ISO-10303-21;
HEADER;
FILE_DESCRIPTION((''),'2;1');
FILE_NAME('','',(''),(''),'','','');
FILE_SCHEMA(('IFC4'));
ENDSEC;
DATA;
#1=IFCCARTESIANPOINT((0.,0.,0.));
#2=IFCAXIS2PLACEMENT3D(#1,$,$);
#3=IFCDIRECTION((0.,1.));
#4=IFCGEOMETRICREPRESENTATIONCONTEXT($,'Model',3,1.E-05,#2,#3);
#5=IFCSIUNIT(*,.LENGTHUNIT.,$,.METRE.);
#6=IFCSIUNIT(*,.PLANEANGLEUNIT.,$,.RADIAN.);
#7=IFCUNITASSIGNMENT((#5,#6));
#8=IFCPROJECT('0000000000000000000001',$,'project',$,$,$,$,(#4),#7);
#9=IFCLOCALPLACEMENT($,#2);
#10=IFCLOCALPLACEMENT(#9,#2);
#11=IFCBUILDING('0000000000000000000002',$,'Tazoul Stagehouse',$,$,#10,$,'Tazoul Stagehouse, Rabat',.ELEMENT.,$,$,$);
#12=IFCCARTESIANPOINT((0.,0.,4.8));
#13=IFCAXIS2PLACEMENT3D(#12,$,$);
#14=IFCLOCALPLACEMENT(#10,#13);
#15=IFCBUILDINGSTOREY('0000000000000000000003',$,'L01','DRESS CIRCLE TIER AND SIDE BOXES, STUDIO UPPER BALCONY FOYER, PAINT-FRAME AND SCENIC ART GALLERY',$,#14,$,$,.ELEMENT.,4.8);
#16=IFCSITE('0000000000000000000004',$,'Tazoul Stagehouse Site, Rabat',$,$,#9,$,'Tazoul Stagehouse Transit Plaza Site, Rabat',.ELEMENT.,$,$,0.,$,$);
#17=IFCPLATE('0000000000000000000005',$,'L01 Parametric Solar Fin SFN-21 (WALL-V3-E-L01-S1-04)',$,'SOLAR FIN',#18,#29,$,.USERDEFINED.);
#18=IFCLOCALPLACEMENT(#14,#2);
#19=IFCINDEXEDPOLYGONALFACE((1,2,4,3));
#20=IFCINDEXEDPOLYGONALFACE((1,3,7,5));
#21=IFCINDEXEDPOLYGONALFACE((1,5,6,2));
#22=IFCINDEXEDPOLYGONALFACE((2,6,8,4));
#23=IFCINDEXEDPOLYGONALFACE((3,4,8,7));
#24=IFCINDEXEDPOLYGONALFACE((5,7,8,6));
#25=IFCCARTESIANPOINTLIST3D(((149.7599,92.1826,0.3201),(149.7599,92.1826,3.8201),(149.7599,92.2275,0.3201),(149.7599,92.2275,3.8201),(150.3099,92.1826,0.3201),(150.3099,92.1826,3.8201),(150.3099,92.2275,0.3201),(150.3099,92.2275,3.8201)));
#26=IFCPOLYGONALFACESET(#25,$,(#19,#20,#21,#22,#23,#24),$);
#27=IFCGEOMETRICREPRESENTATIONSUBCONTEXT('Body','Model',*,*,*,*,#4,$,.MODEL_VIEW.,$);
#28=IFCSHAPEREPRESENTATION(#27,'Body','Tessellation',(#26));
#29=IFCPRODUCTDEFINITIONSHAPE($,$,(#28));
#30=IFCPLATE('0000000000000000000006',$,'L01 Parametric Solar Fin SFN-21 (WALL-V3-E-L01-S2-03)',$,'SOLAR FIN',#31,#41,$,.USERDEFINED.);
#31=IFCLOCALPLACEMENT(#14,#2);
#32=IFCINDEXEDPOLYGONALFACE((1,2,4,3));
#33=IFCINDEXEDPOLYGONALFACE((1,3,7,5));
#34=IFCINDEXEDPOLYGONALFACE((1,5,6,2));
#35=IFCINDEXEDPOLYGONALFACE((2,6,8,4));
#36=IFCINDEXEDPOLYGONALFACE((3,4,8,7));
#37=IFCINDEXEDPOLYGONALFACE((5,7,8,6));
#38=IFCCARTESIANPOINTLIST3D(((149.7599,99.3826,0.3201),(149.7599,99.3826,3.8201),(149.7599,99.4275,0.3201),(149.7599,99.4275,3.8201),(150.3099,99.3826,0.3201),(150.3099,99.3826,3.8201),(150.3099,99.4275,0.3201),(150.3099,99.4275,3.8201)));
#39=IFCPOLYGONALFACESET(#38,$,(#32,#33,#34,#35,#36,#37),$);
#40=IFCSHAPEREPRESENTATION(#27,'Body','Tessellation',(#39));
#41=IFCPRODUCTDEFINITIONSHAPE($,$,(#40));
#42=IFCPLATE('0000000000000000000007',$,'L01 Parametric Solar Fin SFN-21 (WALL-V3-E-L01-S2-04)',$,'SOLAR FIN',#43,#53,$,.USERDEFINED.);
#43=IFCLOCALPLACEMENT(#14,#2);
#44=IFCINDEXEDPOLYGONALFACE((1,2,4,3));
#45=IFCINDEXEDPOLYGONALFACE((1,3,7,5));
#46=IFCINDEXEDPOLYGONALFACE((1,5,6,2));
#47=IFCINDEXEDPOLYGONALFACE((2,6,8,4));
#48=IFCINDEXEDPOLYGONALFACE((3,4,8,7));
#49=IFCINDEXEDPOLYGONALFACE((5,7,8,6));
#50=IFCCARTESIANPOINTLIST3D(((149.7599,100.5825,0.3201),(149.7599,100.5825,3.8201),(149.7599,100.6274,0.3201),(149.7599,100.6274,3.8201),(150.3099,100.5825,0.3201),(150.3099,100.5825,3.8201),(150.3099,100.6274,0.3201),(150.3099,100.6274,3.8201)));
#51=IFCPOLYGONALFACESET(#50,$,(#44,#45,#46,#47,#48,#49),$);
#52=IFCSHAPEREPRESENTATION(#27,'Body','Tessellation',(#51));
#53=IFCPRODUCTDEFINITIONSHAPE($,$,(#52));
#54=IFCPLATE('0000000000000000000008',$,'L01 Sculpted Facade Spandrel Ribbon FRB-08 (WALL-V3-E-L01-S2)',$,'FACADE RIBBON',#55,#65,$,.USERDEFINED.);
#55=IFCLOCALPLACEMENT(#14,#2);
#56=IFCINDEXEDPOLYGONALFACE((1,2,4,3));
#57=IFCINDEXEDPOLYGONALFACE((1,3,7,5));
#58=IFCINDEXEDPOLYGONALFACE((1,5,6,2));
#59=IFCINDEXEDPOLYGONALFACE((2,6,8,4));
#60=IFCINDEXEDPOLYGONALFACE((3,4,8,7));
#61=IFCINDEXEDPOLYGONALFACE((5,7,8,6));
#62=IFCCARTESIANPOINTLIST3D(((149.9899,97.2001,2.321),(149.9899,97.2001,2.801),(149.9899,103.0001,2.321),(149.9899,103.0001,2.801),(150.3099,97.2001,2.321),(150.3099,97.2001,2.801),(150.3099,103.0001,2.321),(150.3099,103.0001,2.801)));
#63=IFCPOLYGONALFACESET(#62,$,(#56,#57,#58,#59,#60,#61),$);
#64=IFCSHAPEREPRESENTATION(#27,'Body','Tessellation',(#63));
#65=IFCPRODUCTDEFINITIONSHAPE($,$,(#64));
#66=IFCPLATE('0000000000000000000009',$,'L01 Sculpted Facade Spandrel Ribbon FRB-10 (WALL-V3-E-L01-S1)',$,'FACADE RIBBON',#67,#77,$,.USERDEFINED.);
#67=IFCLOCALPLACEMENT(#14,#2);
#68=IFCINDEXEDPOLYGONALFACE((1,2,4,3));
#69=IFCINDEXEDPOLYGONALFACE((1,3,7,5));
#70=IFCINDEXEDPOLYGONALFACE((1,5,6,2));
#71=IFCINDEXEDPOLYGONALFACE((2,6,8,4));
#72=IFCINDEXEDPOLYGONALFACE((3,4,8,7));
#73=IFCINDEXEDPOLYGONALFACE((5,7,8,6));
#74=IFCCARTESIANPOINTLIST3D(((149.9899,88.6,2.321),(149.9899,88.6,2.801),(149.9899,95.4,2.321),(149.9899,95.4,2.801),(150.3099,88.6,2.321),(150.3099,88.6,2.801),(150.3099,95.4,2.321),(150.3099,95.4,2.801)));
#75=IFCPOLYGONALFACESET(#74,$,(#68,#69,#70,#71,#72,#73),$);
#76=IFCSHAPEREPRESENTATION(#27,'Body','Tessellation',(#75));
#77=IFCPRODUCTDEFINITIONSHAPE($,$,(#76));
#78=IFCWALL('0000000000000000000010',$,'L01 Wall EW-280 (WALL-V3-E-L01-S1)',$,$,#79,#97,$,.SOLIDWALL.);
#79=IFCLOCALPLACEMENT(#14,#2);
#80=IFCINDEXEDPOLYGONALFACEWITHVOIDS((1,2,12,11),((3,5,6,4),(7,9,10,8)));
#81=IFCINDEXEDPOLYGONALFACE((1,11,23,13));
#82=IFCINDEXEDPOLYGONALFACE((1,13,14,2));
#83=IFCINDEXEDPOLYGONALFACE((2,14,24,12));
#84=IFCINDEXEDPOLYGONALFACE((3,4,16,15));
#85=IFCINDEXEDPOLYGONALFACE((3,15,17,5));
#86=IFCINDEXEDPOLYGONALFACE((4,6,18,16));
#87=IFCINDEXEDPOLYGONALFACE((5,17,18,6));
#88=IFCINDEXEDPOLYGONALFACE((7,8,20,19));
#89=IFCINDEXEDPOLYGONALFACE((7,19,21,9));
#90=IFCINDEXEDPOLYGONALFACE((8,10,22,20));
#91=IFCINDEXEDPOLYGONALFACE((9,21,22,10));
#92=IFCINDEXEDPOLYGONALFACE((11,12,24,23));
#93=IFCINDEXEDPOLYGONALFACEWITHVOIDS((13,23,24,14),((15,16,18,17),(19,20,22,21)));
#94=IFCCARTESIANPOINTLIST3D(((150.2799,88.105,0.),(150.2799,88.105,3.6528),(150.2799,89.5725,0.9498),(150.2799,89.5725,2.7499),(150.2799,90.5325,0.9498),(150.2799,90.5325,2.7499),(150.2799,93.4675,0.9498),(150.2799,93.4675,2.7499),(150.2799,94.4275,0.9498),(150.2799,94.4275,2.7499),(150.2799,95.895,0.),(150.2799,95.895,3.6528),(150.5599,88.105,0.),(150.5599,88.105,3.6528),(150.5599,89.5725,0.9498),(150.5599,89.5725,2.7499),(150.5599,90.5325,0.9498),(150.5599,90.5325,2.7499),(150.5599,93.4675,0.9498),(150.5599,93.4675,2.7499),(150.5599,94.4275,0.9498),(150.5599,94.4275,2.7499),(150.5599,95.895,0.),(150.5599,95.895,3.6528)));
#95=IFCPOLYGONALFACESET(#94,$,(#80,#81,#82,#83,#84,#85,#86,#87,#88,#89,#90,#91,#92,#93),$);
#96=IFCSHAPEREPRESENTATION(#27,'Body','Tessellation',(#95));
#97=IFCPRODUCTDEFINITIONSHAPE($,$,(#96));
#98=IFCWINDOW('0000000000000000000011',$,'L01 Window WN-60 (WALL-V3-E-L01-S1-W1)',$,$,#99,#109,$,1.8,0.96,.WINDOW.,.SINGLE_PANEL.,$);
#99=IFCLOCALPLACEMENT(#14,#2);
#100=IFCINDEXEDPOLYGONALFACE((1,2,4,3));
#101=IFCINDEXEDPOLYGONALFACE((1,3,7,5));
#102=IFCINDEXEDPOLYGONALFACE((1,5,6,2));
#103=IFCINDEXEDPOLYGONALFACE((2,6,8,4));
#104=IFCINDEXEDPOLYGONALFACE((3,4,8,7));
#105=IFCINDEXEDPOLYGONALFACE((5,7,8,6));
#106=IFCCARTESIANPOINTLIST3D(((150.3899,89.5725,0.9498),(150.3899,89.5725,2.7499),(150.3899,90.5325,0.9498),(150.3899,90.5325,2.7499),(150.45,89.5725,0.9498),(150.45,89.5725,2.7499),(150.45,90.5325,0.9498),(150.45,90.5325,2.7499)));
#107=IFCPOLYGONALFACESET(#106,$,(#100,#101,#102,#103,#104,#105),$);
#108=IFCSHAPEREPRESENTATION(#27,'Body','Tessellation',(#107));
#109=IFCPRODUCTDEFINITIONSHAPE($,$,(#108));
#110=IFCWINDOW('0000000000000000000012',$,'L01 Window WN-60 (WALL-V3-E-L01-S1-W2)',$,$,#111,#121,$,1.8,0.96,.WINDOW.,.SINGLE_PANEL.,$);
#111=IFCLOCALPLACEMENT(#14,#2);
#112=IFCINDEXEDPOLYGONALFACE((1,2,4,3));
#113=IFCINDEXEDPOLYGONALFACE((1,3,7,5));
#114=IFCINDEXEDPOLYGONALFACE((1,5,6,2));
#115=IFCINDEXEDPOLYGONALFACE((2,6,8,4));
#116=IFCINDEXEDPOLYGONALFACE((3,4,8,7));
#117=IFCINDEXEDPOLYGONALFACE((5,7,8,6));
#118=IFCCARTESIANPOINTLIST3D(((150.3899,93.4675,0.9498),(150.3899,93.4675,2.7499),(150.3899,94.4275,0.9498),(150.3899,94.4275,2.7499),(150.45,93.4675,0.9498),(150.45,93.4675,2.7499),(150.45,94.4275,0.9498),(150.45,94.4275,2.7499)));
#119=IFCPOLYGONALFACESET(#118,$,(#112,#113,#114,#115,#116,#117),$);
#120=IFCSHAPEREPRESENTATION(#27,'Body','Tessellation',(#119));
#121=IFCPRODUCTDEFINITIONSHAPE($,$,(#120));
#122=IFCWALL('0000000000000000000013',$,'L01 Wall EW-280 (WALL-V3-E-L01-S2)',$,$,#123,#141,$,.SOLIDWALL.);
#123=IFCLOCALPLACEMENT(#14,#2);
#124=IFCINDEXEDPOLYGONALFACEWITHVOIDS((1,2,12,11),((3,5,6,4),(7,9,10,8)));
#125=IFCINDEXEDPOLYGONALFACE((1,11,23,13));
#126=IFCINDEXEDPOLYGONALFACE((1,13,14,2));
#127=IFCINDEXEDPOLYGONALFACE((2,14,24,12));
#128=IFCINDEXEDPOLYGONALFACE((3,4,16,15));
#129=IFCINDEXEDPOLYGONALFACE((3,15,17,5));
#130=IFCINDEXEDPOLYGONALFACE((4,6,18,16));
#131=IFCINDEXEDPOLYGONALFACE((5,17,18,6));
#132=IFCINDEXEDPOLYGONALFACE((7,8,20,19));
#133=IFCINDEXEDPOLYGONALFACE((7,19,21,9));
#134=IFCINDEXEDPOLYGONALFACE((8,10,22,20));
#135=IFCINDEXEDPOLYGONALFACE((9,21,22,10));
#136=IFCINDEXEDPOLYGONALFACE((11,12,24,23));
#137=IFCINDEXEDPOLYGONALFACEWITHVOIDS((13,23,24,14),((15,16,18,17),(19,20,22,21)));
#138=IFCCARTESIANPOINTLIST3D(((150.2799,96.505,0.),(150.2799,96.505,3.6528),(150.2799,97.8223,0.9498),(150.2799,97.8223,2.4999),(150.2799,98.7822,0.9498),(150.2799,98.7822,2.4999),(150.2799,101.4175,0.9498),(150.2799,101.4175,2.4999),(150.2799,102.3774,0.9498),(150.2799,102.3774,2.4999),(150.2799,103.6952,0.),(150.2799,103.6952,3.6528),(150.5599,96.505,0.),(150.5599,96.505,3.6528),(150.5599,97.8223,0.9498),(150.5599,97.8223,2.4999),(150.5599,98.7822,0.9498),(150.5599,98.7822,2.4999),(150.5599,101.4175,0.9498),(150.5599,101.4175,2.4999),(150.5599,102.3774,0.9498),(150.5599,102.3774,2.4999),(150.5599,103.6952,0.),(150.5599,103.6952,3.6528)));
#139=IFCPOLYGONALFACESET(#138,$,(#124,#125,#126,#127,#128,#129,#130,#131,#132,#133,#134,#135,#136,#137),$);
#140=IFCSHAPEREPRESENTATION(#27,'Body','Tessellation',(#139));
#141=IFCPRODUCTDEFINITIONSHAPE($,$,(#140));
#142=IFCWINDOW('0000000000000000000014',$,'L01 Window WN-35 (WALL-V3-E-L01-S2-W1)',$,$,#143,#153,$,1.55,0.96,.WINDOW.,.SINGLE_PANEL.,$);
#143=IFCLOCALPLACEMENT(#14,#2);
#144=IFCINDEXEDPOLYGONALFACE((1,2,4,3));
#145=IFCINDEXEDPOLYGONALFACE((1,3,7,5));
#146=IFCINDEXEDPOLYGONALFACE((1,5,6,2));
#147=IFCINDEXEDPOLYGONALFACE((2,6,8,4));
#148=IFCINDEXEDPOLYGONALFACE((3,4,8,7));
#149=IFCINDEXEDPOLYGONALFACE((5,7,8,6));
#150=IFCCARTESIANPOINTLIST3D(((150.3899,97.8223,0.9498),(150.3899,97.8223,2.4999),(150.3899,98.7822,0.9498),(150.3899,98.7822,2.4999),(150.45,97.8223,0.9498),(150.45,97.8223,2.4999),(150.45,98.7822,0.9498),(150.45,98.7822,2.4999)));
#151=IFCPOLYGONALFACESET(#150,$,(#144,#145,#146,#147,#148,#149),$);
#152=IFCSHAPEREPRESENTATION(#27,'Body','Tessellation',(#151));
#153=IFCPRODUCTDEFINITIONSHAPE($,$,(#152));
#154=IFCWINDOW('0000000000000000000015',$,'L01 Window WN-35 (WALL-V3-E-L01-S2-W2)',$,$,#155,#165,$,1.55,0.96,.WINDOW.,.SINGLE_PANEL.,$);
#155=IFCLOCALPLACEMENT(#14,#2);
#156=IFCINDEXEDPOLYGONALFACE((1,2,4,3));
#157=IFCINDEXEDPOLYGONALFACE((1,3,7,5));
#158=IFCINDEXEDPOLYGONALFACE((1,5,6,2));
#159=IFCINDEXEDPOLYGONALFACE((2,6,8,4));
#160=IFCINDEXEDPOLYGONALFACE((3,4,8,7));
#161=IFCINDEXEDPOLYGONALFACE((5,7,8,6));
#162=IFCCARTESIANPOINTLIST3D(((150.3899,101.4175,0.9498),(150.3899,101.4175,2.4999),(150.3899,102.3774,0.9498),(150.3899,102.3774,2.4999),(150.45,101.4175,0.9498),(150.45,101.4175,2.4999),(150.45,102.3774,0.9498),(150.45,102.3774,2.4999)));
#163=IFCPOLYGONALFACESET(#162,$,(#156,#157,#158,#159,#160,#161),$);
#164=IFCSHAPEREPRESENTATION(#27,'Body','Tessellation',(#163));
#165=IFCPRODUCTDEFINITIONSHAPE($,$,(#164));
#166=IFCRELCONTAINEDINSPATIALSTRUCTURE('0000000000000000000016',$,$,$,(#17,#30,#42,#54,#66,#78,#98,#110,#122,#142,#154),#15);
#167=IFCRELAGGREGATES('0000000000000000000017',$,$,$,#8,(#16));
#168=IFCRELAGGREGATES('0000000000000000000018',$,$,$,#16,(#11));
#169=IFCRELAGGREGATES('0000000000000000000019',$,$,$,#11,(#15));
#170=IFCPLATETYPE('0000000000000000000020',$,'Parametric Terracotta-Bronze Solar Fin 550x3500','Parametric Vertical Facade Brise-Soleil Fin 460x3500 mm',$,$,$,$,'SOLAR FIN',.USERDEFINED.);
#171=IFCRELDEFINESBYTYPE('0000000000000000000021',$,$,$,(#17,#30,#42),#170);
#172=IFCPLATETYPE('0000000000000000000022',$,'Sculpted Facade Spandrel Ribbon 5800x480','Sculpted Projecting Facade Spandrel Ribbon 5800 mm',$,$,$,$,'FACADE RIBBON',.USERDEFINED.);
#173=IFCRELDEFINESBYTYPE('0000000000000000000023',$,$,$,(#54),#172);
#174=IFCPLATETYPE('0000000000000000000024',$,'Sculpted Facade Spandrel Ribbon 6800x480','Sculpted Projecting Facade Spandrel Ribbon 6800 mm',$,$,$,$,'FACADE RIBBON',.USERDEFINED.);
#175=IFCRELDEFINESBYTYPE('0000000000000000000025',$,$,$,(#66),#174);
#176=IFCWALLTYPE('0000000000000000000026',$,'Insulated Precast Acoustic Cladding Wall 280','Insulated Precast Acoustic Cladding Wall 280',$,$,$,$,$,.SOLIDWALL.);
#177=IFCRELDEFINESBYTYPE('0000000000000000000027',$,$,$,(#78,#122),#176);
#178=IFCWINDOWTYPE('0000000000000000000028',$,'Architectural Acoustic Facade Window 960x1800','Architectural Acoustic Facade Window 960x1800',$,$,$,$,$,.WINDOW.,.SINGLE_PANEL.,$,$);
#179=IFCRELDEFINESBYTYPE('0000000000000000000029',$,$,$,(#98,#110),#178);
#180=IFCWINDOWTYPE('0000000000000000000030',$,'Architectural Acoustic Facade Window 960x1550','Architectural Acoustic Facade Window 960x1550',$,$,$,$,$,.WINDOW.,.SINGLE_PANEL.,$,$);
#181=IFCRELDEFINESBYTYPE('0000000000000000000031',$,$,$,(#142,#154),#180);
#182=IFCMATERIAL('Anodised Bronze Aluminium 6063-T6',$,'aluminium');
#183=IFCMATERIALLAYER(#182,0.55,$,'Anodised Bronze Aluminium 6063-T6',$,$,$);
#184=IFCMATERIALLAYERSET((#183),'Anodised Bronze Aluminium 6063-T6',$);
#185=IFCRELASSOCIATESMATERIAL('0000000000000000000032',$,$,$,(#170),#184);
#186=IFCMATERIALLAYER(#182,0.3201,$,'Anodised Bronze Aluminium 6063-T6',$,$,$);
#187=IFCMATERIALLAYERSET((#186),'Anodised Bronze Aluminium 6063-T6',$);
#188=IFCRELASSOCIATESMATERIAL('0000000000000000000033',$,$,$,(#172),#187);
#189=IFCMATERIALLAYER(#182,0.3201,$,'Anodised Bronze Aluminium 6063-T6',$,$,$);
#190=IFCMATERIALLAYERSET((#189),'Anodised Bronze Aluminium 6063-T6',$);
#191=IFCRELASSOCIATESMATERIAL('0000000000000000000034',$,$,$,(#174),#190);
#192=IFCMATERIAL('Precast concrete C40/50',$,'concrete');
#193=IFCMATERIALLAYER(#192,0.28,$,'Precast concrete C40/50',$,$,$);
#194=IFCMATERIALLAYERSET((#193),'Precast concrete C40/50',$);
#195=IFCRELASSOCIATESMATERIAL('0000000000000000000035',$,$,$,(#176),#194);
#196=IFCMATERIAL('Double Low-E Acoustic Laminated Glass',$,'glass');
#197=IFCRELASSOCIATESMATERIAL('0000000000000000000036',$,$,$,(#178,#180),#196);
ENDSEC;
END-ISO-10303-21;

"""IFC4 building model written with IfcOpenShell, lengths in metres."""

from ifc_helpers import new_model, si_unit, direction, frame, frame_2d, origin, origin_2d, place, context, subcontext, project, spatial, rectangle, extrude, material, layer, layer_set, type_object, element, fill, save


model = new_model("IFC4")

# Units and contexts
model_context = context("Model", 3, precision=1e-05, world=origin(), true_north=direction((0.0, 1.0)))
body_context = subcontext(model_context, "Body", "Model", "MODEL_VIEW")
ifc_project = project(units=[si_unit("LENGTHUNIT", "METRE"), si_unit("PLANEANGLEUNIT", "RADIAN")], contexts=[model_context])

# Site, building, storey
site_placement = place(None, origin())
site = spatial("IfcSite", under=ifc_project, at=site_placement, Name="Tazoul Stagehouse Site, Rabat", LongName="Tazoul Stagehouse Transit Plaza Site, Rabat", CompositionType="ELEMENT", RefElevation=0.0)
building_placement = place(site_placement, origin())
building = spatial("IfcBuilding", under=site, at=building_placement, Name="Tazoul Stagehouse", LongName="Tazoul Stagehouse, Rabat", CompositionType="ELEMENT")
storey_placement = place(building_placement, frame((0.0, 0.0, 4.8)))
storey = spatial("IfcBuildingStorey", under=building, at=storey_placement, Name="L01", Description="DRESS CIRCLE TIER AND SIDE BOXES, STUDIO UPPER BALCONY FOYER, PAINT-FRAME AND SCENIC ART GALLERY", CompositionType="ELEMENT", Elevation=4.8)

# Plates
ifc_material_1 = material(Name="Anodised Bronze Aluminium 6063-T6", Category="aluminium")
ifc_layer_1 = layer(ifc_material_1, 0.55, Name="Anodised Bronze Aluminium 6063-T6")
ifc_layer_set_1 = layer_set([ifc_layer_1], Name="Anodised Bronze Aluminium 6063-T6")
plate_type_1 = type_object("IfcPlateType", Name="Parametric Terracotta-Bronze Solar Fin 550x3500", Description="Parametric Vertical Facade Brise-Soleil Fin 460x3500 mm", ElementType="SOLAR FIN", PredefinedType="USERDEFINED", material=ifc_layer_set_1)
for number, where, z_axis, x_axis, name in (
    (1, (150.0349, 92.2051, 0.3201), (0.0, 0.0, 1.0), (0.0, 1.0, 0.0), "L01 Parametric Solar Fin SFN-21 (WALL-V3-E-L01-S1-04)"),
    (2, (150.0349, 99.405, 0.3201), (0.0, 0.0, 1.0), (0.0, 1.0, 0.0), "L01 Parametric Solar Fin SFN-21 (WALL-V3-E-L01-S2-03)"),
    (3, (150.0349, 100.605, 0.3201), (0.0, 0.0, 1.0), (0.0, 1.0, 0.0), "L01 Parametric Solar Fin SFN-21 (WALL-V3-E-L01-S2-04)"),
):
    element("IfcPlate", number, at=place(storey_placement, frame(where, z_axis=z_axis, x_axis=x_axis)), inside=storey, type_object=plate_type_1, Name=name, ObjectType="SOLAR FIN", PredefinedType="USERDEFINED", context=body_context, shape_type="SweptSolid", body=[
        extrude(rectangle(XDim=0.0449, YDim=0.55, at=origin_2d()), origin(), (0.0, 0.0, 1.0), 3.5),
    ])
ifc_layer_2 = layer(ifc_material_1, 0.3201, Name="Anodised Bronze Aluminium 6063-T6")
ifc_layer_set_2 = layer_set([ifc_layer_2], Name="Anodised Bronze Aluminium 6063-T6")
plate_type_2 = type_object("IfcPlateType", Name="Sculpted Facade Spandrel Ribbon 5800x480", Description="Sculpted Projecting Facade Spandrel Ribbon 5800 mm", ElementType="FACADE RIBBON", PredefinedType="USERDEFINED", material=ifc_layer_set_2)
plate_1_placement = place(storey_placement, frame((150.1499, 100.1001, 2.321), z_axis=(0.0, 0.0, 1.0), x_axis=(0.0, 1.0, 0.0)))
element("IfcPlate", 4, at=plate_1_placement, inside=storey, type_object=plate_type_2, Name="L01 Sculpted Facade Spandrel Ribbon FRB-08 (WALL-V3-E-L01-S2)", ObjectType="FACADE RIBBON", PredefinedType="USERDEFINED", context=body_context, shape_type="SweptSolid", body=[
    extrude(rectangle(XDim=5.8, YDim=0.3201, at=origin_2d()), origin(), (0.0, 0.0, 1.0), 0.48),
])
ifc_layer_3 = layer(ifc_material_1, 0.3201, Name="Anodised Bronze Aluminium 6063-T6")
ifc_layer_set_3 = layer_set([ifc_layer_3], Name="Anodised Bronze Aluminium 6063-T6")
plate_type_3 = type_object("IfcPlateType", Name="Sculpted Facade Spandrel Ribbon 6800x480", Description="Sculpted Projecting Facade Spandrel Ribbon 6800 mm", ElementType="FACADE RIBBON", PredefinedType="USERDEFINED", material=ifc_layer_set_3)
plate_2_placement = place(storey_placement, frame((150.1499, 92.0, 2.321), z_axis=(0.0, 0.0, 1.0), x_axis=(0.0, 1.0, 0.0)))
element("IfcPlate", 5, at=plate_2_placement, inside=storey, type_object=plate_type_3, Name="L01 Sculpted Facade Spandrel Ribbon FRB-10 (WALL-V3-E-L01-S1)", ObjectType="FACADE RIBBON", PredefinedType="USERDEFINED", context=body_context, shape_type="SweptSolid", body=[
    extrude(rectangle(XDim=6.8, YDim=0.3201, at=origin_2d()), origin(), (0.0, 0.0, 1.0), 0.48),
])

# Walls, openings, windows
ifc_material_2 = material(Name="Precast concrete C40/50", Category="concrete")
ifc_layer_4 = layer(ifc_material_2, 0.28, Name="Precast concrete C40/50")
ifc_layer_set_4 = layer_set([ifc_layer_4], Name="Precast concrete C40/50")
wall_type = type_object("IfcWallType", Name="Insulated Precast Acoustic Cladding Wall 280", Description="Insulated Precast Acoustic Cladding Wall 280", PredefinedType="SOLIDWALL", material=ifc_layer_set_4)
wall_1_placement = place(storey_placement, frame((150.4199, 88.105, 0.0), z_axis=(0.0, 0.0, 1.0), x_axis=(0.0, 1.0, 0.0)))
wall_1 = element("IfcWall", 6, at=wall_1_placement, inside=storey, type_object=wall_type, Name="L01 Wall EW-280 (WALL-V3-E-L01-S1)", PredefinedType="SOLIDWALL", context=body_context, shape_type="SweptSolid", body=[
    extrude(rectangle(XDim=7.79, YDim=0.28, at=frame_2d((3.895, 0.0))), origin(), (0.0, 0.0, 1.0), 3.6528),
])
opening_1_placement = place(wall_1_placement, frame((1.4675, 0.0, 0.95)))
opening_1 = element("IfcOpeningElement", 7, at=opening_1_placement, cuts=wall_1, PredefinedType="OPENING", context=body_context, shape_type="SweptSolid", body=[
    extrude(rectangle(XDim=0.96, YDim=1.8, at=frame_2d((0.48, 0.8999))), frame((0.0, 0.1599, 0.0), z_axis=(0.0, -1.0, 0.0), x_axis=(1.0, 0.0, 0.0)), (0.0, 0.0, 1.0), 0.3201),
])
opening_2_placement = place(wall_1_placement, frame((5.3625, 0.0, 0.95)))
opening_2 = element("IfcOpeningElement", 8, at=opening_2_placement, cuts=wall_1, PredefinedType="OPENING", context=body_context, shape_type="SweptSolid", body=[
    extrude(rectangle(XDim=0.96, YDim=1.8, at=frame_2d((0.48, 0.8999))), frame((0.0, 0.1599, 0.0), z_axis=(0.0, -1.0, 0.0), x_axis=(1.0, 0.0, 0.0)), (0.0, 0.0, 1.0), 0.3201),
])
ifc_material_3 = material(Name="Double Low-E Acoustic Laminated Glass", Category="glass")
window_type_1 = type_object("IfcWindowType", Name="Architectural Acoustic Facade Window 960x1800", Description="Architectural Acoustic Facade Window 960x1800", PartitioningType="SINGLE_PANEL", PredefinedType="WINDOW", material=ifc_material_3)
window_1_placement = place(opening_1_placement, origin())
window_1 = element("IfcWindow", 9, at=window_1_placement, inside=storey, type_object=window_type_1, Name="L01 Window WN-60 (WALL-V3-E-L01-S1-W1)", OverallHeight=1.8, OverallWidth=0.96, PartitioningType="SINGLE_PANEL", PredefinedType="WINDOW", context=body_context, shape_type="SweptSolid", body=[
    extrude(rectangle(XDim=0.96, YDim=1.8, at=frame_2d((0.48, 0.8999))), frame((0.0, 0.03, 0.0), z_axis=(0.0, -1.0, 0.0), x_axis=(1.0, 0.0, 0.0)), (0.0, 0.0, 1.0), 0.0601),
])
fill(opening_1, window_1)
window_2_placement = place(opening_2_placement, origin())
window_2 = element("IfcWindow", 10, at=window_2_placement, inside=storey, type_object=window_type_1, Name="L01 Window WN-60 (WALL-V3-E-L01-S1-W2)", OverallHeight=1.8, OverallWidth=0.96, PartitioningType="SINGLE_PANEL", PredefinedType="WINDOW", context=body_context, shape_type="SweptSolid", body=[
    extrude(rectangle(XDim=0.96, YDim=1.8, at=frame_2d((0.48, 0.8999))), frame((0.0, 0.03, 0.0), z_axis=(0.0, -1.0, 0.0), x_axis=(1.0, 0.0, 0.0)), (0.0, 0.0, 1.0), 0.0601),
])
fill(opening_2, window_2)
wall_2_placement = place(storey_placement, frame((150.4199, 96.5049, 0.0), z_axis=(0.0, 0.0, 1.0), x_axis=(0.0, 1.0, 0.0)))
wall_2 = element("IfcWall", 11, at=wall_2_placement, inside=storey, type_object=wall_type, Name="L01 Wall EW-280 (WALL-V3-E-L01-S2)", PredefinedType="SOLIDWALL", context=body_context, shape_type="SweptSolid", body=[
    extrude(rectangle(XDim=7.1902, YDim=0.28, at=frame_2d((3.5952, 0.0))), origin(), (0.0, 0.0, 1.0), 3.6528),
])
opening_3_placement = place(wall_2_placement, frame((1.3174, 0.0, 0.95)))
opening_3 = element("IfcOpeningElement", 12, at=opening_3_placement, cuts=wall_2, PredefinedType="OPENING", context=body_context, shape_type="SweptSolid", body=[
    extrude(rectangle(XDim=0.96, YDim=1.55, at=frame_2d((0.48, 0.7749))), frame((0.0, 0.1599, 0.0), z_axis=(0.0, -1.0, 0.0), x_axis=(1.0, 0.0, 0.0)), (0.0, 0.0, 1.0), 0.3201),
])
opening_4_placement = place(wall_2_placement, frame((4.9126, 0.0, 0.95)))
opening_4 = element("IfcOpeningElement", 13, at=opening_4_placement, cuts=wall_2, PredefinedType="OPENING", context=body_context, shape_type="SweptSolid", body=[
    extrude(rectangle(XDim=0.96, YDim=1.55, at=frame_2d((0.48, 0.7749))), frame((0.0, 0.1599, 0.0), z_axis=(0.0, -1.0, 0.0), x_axis=(1.0, 0.0, 0.0)), (0.0, 0.0, 1.0), 0.3201),
])
window_type_2 = type_object("IfcWindowType", Name="Architectural Acoustic Facade Window 960x1550", Description="Architectural Acoustic Facade Window 960x1550", PartitioningType="SINGLE_PANEL", PredefinedType="WINDOW", material=ifc_material_3)
window_3_placement = place(opening_3_placement, origin())
window_3 = element("IfcWindow", 14, at=window_3_placement, inside=storey, type_object=window_type_2, Name="L01 Window WN-35 (WALL-V3-E-L01-S2-W1)", OverallHeight=1.55, OverallWidth=0.96, PartitioningType="SINGLE_PANEL", PredefinedType="WINDOW", context=body_context, shape_type="SweptSolid", body=[
    extrude(rectangle(XDim=0.96, YDim=1.55, at=frame_2d((0.48, 0.7749))), frame((0.0, 0.03, 0.0), z_axis=(0.0, -1.0, 0.0), x_axis=(1.0, 0.0, 0.0)), (0.0, 0.0, 1.0), 0.0601),
])
fill(opening_3, window_3)
window_4_placement = place(opening_4_placement, origin())
window_4 = element("IfcWindow", 15, at=window_4_placement, inside=storey, type_object=window_type_2, Name="L01 Window WN-35 (WALL-V3-E-L01-S2-W2)", OverallHeight=1.55, OverallWidth=0.96, PartitioningType="SINGLE_PANEL", PredefinedType="WINDOW", context=body_context, shape_type="SweptSolid", body=[
    extrude(rectangle(XDim=0.96, YDim=1.55, at=frame_2d((0.48, 0.7749))), frame((0.0, 0.03, 0.0), z_axis=(0.0, -1.0, 0.0), x_axis=(1.0, 0.0, 0.0)), (0.0, 0.0, 1.0), 0.0601),
])
fill(opening_4, window_4)

save(model, "model.ifc")
